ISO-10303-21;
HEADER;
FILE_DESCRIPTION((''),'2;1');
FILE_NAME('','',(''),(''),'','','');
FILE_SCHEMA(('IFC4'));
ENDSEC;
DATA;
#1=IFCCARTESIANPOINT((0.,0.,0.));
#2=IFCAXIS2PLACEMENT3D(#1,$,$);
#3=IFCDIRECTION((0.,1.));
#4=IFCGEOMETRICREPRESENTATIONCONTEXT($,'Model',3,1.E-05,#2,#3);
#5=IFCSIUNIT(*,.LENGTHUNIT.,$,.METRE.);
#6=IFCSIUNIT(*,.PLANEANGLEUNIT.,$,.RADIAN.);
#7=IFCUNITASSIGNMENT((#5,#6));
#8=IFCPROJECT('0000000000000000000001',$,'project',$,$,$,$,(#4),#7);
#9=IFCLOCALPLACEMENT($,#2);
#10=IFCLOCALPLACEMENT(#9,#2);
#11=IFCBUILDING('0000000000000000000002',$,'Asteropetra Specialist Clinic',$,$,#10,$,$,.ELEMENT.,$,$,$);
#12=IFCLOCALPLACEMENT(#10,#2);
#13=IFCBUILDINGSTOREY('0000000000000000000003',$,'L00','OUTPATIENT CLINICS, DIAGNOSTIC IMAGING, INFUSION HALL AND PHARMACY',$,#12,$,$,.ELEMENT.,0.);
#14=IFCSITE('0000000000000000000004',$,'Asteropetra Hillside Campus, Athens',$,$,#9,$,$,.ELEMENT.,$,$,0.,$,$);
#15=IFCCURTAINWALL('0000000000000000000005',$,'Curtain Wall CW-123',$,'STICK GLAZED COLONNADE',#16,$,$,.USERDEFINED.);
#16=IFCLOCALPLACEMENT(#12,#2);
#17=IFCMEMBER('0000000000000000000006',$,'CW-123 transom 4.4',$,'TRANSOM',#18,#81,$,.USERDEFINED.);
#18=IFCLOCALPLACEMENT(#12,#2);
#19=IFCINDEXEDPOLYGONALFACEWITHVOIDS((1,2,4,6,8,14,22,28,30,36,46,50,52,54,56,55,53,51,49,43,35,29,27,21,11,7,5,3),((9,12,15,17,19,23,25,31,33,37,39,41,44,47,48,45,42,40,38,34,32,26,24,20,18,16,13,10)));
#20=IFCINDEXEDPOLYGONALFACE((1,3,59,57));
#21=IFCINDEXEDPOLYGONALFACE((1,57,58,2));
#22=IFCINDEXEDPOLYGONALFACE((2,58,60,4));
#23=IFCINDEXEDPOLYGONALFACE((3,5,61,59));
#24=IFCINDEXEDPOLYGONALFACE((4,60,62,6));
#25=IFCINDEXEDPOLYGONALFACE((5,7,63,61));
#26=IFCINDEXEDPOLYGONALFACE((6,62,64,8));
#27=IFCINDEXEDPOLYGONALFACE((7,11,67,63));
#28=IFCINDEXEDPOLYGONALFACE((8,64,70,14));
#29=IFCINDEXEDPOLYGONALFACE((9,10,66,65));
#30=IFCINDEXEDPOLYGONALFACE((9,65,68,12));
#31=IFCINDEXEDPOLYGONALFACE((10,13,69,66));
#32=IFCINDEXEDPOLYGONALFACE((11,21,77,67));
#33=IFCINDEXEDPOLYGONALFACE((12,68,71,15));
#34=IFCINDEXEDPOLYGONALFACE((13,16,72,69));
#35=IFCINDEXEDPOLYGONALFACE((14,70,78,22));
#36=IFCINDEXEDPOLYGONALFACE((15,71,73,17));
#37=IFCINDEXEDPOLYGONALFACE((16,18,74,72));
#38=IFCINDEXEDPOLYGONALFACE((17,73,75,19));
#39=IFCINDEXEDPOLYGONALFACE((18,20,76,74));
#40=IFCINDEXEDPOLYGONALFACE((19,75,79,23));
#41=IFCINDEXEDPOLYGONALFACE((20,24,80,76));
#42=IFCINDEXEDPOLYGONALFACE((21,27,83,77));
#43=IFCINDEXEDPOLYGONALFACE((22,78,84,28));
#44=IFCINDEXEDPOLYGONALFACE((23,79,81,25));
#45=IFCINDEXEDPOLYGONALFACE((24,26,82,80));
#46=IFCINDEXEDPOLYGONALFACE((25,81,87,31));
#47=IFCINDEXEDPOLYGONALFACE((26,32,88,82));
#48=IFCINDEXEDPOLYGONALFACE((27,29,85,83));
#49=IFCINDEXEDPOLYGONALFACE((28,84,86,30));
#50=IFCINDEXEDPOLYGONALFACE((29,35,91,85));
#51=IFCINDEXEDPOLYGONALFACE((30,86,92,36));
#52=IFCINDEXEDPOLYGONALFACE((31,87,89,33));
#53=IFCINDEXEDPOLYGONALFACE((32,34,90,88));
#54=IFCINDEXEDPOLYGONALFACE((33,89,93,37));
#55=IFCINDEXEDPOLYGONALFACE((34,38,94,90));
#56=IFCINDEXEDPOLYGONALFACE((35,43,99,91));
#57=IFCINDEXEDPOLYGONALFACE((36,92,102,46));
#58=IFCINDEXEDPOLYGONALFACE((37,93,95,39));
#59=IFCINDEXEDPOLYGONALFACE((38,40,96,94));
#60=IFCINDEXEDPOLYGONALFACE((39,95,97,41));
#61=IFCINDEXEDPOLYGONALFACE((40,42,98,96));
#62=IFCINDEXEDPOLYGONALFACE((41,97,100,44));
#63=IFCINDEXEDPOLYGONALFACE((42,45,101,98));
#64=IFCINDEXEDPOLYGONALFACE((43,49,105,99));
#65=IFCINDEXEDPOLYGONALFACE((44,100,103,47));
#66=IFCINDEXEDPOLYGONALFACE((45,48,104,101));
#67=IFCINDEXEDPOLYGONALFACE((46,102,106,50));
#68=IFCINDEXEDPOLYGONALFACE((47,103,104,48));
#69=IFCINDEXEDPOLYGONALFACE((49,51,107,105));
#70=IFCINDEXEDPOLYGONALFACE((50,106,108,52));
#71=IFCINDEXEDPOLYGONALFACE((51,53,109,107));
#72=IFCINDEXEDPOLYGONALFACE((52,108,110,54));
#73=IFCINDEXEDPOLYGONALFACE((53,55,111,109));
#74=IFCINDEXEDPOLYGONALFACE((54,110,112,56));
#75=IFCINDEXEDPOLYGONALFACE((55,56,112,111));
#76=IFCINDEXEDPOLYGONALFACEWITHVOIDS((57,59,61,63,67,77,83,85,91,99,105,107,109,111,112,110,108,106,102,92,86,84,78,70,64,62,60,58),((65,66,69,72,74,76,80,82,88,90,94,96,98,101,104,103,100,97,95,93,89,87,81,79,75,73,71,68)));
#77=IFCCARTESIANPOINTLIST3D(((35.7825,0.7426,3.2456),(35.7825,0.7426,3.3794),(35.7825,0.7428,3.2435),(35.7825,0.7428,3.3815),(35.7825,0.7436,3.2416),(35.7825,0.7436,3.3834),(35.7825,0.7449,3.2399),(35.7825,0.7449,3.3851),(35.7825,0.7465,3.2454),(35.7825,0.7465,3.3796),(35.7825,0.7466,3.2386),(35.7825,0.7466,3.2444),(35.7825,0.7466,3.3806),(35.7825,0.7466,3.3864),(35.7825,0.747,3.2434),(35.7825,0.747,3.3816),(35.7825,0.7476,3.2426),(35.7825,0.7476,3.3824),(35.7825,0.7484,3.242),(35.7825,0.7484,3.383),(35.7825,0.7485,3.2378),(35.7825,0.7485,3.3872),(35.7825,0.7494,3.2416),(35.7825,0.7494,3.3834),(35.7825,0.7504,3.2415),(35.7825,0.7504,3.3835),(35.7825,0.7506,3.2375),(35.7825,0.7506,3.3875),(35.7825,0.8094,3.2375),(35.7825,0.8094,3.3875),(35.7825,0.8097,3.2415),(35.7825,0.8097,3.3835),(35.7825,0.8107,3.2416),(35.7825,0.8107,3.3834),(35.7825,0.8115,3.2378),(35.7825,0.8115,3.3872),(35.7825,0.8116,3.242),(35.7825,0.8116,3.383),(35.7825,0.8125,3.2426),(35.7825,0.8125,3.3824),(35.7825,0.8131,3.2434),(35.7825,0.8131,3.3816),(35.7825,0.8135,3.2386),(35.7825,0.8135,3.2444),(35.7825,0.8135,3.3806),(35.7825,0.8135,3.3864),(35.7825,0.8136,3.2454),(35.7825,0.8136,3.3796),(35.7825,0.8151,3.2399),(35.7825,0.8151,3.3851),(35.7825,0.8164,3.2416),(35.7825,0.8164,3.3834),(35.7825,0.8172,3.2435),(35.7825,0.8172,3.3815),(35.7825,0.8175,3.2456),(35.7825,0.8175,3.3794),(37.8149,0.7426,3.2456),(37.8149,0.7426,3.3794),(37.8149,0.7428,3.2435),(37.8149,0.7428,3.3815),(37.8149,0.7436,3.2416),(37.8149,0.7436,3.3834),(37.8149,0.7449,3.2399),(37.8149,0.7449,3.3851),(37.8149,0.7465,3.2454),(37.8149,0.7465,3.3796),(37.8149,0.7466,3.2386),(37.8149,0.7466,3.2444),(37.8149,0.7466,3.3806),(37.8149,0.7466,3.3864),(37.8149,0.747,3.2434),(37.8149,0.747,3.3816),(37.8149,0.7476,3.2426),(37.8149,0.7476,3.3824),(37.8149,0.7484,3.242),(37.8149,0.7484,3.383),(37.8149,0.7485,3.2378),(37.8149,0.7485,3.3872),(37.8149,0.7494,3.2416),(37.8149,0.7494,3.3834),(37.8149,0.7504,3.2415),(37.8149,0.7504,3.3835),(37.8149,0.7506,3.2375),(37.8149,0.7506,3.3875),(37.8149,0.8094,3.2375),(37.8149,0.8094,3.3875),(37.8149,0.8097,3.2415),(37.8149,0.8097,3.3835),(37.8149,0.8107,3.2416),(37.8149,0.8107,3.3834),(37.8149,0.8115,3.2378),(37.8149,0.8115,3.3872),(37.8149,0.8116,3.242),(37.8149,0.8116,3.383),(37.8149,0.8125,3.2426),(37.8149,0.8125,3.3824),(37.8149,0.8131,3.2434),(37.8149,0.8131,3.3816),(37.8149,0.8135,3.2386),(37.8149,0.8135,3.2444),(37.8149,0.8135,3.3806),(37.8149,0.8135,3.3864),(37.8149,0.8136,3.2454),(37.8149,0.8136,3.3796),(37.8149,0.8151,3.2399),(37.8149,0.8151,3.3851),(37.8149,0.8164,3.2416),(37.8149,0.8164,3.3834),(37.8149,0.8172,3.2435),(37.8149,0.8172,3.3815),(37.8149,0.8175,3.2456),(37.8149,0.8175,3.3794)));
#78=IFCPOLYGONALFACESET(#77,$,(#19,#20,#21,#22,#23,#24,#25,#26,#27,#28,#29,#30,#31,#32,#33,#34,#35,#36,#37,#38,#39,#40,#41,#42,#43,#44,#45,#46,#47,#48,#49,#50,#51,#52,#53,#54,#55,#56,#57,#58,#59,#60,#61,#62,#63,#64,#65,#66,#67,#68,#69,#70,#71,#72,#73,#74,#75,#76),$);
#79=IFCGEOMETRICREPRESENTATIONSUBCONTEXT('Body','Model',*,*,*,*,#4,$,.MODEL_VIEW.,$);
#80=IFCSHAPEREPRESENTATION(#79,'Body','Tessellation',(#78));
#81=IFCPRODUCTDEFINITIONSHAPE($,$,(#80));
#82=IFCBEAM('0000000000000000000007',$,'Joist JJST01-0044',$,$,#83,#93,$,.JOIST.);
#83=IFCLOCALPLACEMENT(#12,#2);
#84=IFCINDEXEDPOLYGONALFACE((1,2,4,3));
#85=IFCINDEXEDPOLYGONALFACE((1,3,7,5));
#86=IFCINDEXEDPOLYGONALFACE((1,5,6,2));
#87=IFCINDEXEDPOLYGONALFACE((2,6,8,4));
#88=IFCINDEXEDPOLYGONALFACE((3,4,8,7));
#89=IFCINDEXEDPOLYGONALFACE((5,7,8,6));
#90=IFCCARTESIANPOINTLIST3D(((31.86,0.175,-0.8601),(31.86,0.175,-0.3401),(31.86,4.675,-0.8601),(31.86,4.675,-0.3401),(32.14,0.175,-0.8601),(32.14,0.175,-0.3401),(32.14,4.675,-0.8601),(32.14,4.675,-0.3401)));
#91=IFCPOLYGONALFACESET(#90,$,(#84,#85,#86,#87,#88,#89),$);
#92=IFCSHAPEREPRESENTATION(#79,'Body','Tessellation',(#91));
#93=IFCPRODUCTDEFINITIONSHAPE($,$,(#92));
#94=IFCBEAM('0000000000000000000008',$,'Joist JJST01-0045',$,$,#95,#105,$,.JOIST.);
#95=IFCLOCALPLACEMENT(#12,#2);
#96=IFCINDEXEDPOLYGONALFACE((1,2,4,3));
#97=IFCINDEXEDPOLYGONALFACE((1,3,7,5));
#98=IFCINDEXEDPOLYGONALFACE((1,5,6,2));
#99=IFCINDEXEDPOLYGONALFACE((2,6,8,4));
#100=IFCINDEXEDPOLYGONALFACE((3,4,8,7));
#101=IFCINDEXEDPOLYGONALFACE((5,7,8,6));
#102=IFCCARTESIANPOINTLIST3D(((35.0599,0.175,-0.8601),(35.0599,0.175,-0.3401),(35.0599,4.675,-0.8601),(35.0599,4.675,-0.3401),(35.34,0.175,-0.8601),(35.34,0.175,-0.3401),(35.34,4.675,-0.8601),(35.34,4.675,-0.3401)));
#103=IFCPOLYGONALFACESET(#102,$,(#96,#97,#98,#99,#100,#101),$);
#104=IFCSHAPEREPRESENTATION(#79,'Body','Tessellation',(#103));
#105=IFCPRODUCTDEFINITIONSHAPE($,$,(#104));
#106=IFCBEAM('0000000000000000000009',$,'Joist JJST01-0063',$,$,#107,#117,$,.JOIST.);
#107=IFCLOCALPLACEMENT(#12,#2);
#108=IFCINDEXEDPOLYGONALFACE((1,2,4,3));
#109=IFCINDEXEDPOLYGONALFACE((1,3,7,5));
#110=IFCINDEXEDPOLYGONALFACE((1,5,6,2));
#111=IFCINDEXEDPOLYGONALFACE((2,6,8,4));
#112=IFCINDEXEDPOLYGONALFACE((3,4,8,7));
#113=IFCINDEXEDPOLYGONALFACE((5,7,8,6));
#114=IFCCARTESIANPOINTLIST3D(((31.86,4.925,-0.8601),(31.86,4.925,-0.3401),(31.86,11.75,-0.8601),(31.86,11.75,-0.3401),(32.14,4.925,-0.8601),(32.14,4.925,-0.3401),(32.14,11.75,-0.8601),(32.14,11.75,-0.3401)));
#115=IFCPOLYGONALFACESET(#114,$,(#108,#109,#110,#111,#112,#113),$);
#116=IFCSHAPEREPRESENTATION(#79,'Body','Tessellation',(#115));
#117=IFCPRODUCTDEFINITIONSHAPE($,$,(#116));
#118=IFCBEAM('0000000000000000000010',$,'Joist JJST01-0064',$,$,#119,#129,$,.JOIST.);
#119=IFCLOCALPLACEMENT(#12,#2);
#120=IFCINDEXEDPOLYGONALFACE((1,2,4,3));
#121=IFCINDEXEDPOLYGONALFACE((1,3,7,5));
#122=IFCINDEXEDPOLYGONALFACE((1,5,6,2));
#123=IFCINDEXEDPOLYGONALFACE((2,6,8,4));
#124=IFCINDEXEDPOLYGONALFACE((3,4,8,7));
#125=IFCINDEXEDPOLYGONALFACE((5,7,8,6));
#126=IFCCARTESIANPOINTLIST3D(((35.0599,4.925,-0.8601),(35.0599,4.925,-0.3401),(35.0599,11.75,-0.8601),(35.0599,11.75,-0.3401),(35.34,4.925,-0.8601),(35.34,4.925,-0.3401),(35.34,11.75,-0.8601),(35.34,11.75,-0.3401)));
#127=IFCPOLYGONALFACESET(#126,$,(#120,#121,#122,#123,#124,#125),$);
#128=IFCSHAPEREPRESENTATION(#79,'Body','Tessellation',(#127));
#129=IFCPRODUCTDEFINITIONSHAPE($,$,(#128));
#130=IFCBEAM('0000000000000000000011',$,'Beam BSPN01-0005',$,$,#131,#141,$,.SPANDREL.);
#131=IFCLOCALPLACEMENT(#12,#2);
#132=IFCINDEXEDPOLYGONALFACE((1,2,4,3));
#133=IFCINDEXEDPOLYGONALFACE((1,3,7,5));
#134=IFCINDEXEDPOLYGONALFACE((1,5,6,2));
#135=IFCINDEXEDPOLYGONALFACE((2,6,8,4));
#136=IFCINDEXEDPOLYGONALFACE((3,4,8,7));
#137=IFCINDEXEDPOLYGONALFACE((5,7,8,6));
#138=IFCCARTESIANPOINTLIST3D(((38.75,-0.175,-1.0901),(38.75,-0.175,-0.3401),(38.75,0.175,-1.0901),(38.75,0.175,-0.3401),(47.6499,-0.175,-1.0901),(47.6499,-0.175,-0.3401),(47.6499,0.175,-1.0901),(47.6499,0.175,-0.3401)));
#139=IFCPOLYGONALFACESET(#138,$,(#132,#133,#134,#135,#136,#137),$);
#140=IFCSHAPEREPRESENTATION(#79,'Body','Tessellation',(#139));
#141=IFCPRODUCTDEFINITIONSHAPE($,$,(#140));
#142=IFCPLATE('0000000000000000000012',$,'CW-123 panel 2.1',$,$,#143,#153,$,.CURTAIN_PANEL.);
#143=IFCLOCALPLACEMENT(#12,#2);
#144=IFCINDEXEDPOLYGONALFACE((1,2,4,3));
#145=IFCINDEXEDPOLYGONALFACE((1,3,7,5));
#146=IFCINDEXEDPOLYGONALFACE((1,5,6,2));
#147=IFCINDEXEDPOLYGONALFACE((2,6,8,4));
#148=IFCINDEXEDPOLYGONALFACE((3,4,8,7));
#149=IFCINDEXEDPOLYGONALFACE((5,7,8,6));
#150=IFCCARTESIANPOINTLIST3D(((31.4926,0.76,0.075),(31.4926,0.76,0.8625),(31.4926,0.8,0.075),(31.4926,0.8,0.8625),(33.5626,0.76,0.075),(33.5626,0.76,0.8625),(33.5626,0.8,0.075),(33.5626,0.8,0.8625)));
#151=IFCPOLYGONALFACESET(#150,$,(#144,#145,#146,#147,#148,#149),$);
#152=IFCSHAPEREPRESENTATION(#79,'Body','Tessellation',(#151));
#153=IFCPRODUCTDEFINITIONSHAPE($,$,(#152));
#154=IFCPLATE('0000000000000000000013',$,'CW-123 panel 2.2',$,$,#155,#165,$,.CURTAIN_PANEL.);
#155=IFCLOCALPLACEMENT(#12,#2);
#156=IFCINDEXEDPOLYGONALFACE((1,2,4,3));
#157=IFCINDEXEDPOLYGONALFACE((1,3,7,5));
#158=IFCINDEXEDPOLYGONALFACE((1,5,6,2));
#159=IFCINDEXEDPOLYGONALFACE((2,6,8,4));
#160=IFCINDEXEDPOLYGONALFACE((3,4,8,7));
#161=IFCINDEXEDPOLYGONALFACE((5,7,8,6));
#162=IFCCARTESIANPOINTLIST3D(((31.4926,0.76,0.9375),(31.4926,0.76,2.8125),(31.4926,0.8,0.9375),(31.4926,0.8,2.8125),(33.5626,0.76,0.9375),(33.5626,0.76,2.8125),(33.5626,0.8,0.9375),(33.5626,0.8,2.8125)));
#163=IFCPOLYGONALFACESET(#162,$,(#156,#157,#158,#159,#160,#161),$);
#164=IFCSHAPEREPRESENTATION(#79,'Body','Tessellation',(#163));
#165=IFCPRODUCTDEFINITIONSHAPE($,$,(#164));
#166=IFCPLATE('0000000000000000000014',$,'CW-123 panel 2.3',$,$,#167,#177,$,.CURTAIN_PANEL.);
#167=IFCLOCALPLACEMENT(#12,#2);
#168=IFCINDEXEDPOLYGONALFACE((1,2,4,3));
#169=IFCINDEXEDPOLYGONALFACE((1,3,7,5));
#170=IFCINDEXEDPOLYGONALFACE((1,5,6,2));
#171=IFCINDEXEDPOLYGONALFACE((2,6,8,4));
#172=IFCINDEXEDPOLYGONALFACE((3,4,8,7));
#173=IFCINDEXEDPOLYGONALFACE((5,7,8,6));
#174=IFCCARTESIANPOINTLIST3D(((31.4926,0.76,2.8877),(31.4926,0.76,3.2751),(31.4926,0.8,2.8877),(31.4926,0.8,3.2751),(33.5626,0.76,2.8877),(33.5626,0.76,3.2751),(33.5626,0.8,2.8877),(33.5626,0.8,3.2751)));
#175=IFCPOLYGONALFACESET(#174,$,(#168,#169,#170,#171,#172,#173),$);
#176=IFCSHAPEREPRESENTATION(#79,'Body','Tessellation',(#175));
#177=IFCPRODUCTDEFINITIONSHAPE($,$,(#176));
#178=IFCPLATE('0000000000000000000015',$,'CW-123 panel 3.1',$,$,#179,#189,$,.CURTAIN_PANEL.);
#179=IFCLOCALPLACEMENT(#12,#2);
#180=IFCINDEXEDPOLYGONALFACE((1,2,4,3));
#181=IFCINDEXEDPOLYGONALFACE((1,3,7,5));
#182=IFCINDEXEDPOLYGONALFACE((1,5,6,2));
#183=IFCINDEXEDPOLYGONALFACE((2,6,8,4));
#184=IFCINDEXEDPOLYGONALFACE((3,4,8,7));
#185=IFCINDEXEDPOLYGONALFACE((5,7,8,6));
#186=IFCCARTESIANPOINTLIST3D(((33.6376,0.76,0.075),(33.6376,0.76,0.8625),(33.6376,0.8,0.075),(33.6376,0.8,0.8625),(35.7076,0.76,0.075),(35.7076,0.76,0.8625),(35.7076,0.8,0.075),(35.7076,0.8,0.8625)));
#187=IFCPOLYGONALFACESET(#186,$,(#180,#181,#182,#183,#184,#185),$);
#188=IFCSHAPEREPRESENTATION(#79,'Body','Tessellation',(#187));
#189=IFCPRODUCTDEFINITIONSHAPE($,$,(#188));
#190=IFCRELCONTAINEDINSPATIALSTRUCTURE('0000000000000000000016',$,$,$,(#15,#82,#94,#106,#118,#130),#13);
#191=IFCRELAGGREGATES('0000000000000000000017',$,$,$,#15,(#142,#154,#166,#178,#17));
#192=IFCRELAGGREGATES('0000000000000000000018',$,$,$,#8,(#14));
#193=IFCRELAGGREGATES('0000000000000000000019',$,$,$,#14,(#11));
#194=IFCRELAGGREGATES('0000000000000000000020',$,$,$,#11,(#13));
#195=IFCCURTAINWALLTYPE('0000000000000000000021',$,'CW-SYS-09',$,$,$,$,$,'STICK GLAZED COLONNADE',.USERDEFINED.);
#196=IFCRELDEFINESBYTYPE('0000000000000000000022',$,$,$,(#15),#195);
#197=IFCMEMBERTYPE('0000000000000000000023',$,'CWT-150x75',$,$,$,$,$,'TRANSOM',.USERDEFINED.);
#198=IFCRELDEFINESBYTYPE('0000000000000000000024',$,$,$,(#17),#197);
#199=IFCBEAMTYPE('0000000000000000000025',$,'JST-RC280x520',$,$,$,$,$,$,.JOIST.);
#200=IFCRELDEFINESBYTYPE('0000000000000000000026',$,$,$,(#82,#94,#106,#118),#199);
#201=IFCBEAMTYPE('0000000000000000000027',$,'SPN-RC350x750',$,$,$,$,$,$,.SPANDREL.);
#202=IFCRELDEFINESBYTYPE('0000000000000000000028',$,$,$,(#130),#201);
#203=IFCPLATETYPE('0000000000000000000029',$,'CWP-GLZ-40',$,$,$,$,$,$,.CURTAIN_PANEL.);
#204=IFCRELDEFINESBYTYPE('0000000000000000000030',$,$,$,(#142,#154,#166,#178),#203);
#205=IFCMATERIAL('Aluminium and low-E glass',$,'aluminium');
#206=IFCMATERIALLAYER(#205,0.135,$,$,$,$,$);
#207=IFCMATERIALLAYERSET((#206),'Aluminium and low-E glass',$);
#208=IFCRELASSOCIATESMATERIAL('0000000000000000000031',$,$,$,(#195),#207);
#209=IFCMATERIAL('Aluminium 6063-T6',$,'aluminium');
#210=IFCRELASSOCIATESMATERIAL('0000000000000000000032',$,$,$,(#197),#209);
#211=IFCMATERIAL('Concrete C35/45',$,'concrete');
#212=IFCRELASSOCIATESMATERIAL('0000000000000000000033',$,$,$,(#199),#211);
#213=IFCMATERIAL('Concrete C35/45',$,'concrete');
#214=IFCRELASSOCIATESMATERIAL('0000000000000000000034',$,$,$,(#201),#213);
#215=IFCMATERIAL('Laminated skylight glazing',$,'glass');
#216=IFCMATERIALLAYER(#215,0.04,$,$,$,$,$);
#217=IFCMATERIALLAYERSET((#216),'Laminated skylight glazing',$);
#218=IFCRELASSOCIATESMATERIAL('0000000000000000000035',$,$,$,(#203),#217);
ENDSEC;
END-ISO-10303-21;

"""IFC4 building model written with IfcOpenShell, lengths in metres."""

from ifc_helpers import new_model, si_unit, direction, frame, origin, origin_2d, place, context, subcontext, project, spatial, rectangle, hollow_rectangle, extrude, material, layer, layer_set, material_profile, profile_set, type_object, element, aggregate, save


model = new_model("IFC4")

# Units and contexts
model_context = context("Model", 3, precision=1e-05, world=origin(), true_north=direction((0.0, 1.0)))
body_context = subcontext(model_context, "Body", "Model", "MODEL_VIEW")
ifc_project = project(units=[si_unit("LENGTHUNIT", "METRE"), si_unit("PLANEANGLEUNIT", "RADIAN")], contexts=[model_context])

# Site, building, storey
site_placement = place(None, origin())
site = spatial("IfcSite", under=ifc_project, at=site_placement, Name="Asteropetra Hillside Campus, Athens", CompositionType="ELEMENT", RefElevation=0.0)
building_placement = place(site_placement, origin())
building = spatial("IfcBuilding", under=site, at=building_placement, Name="Asteropetra Specialist Clinic", CompositionType="ELEMENT")
storey_placement = place(building_placement, origin())
storey = spatial("IfcBuildingStorey", under=building, at=storey_placement, Name="L00", Description="OUTPATIENT CLINICS, DIAGNOSTIC IMAGING, INFUSION HALL AND PHARMACY", CompositionType="ELEMENT", Elevation=0.0)

# Curtain wall
ifc_material_1 = material(Name="Aluminium and low-E glass", Category="aluminium")
ifc_layer_1 = layer(ifc_material_1, 0.135)
ifc_layer_set_1 = layer_set([ifc_layer_1], Name="Aluminium and low-E glass")
curtain_wall_type_1 = type_object("IfcCurtainWallType", Name="CW-SYS-09", ElementType="STICK GLAZED COLONNADE", PredefinedType="USERDEFINED", material=ifc_layer_set_1)
curtain_wall_1_placement = place(storey_placement, origin())
curtain_wall_1 = element("IfcCurtainWall", 1, at=curtain_wall_1_placement, inside=storey, type_object=curtain_wall_type_1, Name="Curtain Wall CW-123", ObjectType="STICK GLAZED COLONNADE", PredefinedType="USERDEFINED")

# Member
ifc_material_2 = material(Name="Aluminium 6063-T6", Category="aluminium")
ifc_material_profile_1 = material_profile(ifc_material_2, hollow_rectangle(XDim=0.075, YDim=0.1499, WallThickness=0.0039, InnerFilletRadius=0.0039, OuterFilletRadius=0.0081, at=origin_2d()), Name="TRN 150x75x4.0")
ifc_profile_set_1 = profile_set([ifc_material_profile_1], Name="Aluminium 6063-T6")
member_type_1 = type_object("IfcMemberType", Name="CWT-150x75", ElementType="TRANSOM", PredefinedType="USERDEFINED", material=ifc_profile_set_1)
member_1_placement = place(storey_placement, frame((35.7825, 0.78, 3.3125), z_axis=(1.0, 0.0, 0.0), x_axis=(0.0, 1.0, 0.0)))
member_1 = element("IfcMember", 2, at=member_1_placement, type_object=member_type_1, Name="CW-123 transom 4.4", ObjectType="TRANSOM", PredefinedType="USERDEFINED", context=body_context, shape_type="SweptSolid", body=[
    extrude(hollow_rectangle(XDim=0.075, YDim=0.1499, WallThickness=0.0039, InnerFilletRadius=0.0039, OuterFilletRadius=0.0081, at=origin_2d()), origin(), (0.0, 0.0, 1.0), 2.0325),
])

# Beams
ifc_material_3 = material(Name="Concrete C35/45", Category="concrete")
ifc_material_profile_2 = material_profile(ifc_material_3, rectangle(XDim=0.28, YDim=0.52, at=origin_2d()), Name="RCJ 280x520")
ifc_profile_set_2 = profile_set([ifc_material_profile_2], Name="Concrete C35/45")
beam_type_1 = type_object("IfcBeamType", Name="JST-RC280x520", PredefinedType="JOIST", material=ifc_profile_set_2)
for number, where, z_axis, x_axis, name in (
    (3, (32.0, 0.175, -0.6001), (0.0, 1.0, 0.0), (-1.0, 0.0, 0.0), "Joist JJST01-0044"),
    (4, (35.2, 0.175, -0.6001), (0.0, 1.0, 0.0), (-1.0, 0.0, 0.0), "Joist JJST01-0045"),
):
    element("IfcBeam", number, at=place(storey_placement, frame(where, z_axis=z_axis, x_axis=x_axis)), inside=storey, type_object=beam_type_1, Name=name, PredefinedType="JOIST", context=body_context, shape_type="SweptSolid", body=[
        extrude(rectangle(XDim=0.28, YDim=0.52, at=origin_2d()), origin(), (0.0, 0.0, 1.0), 4.5),
    ])
for number, where, z_axis, x_axis, name in (
    (5, (32.0, 4.925, -0.6001), (0.0, 1.0, 0.0), (-1.0, 0.0, 0.0), "Joist JJST01-0063"),
    (6, (35.2, 4.925, -0.6001), (0.0, 1.0, 0.0), (-1.0, 0.0, 0.0), "Joist JJST01-0064"),
):
    element("IfcBeam", number, at=place(storey_placement, frame(where, z_axis=z_axis, x_axis=x_axis)), inside=storey, type_object=beam_type_1, Name=name, PredefinedType="JOIST", context=body_context, shape_type="SweptSolid", body=[
        extrude(rectangle(XDim=0.28, YDim=0.52, at=origin_2d()), origin(), (0.0, 0.0, 1.0), 6.825),
    ])
ifc_material_4 = material(Name="Concrete C35/45", Category="concrete")
ifc_material_profile_3 = material_profile(ifc_material_4, rectangle(XDim=0.3501, YDim=0.75, at=origin_2d()), Name="RCS 350x750")
ifc_profile_set_3 = profile_set([ifc_material_profile_3], Name="Concrete C35/45")
beam_type_2 = type_object("IfcBeamType", Name="SPN-RC350x750", PredefinedType="SPANDREL", material=ifc_profile_set_3)
beam_1_placement = place(storey_placement, frame((38.75, 0.0, -0.7151), z_axis=(1.0, 0.0, 0.0), x_axis=(0.0, 1.0, 0.0)))
element("IfcBeam", 7, at=beam_1_placement, inside=storey, type_object=beam_type_2, Name="Beam BSPN01-0005", PredefinedType="SPANDREL", context=body_context, shape_type="SweptSolid", body=[
    extrude(rectangle(XDim=0.3501, YDim=0.75, at=origin_2d()), origin(), (0.0, 0.0, 1.0), 8.8999),
])

# Plates
ifc_material_5 = material(Name="Laminated skylight glazing", Category="glass")
ifc_layer_2 = layer(ifc_material_5, 0.04)
ifc_layer_set_2 = layer_set([ifc_layer_2], Name="Laminated skylight glazing")
plate_type = type_object("IfcPlateType", Name="CWP-GLZ-40", PredefinedType="CURTAIN_PANEL", material=ifc_layer_set_2)
plate_1_placement = place(storey_placement, frame((32.5276, 0.78, 0.075), z_axis=(0.0, 0.0, 1.0), x_axis=(1.0, 0.0, 0.0)))
plate_1 = element("IfcPlate", 8, at=plate_1_placement, type_object=plate_type, Name="CW-123 panel 2.1", PredefinedType="CURTAIN_PANEL", context=body_context, shape_type="SweptSolid", body=[
    extrude(rectangle(XDim=2.0701, YDim=0.04, at=origin_2d()), origin(), (0.0, 0.0, 1.0), 0.7876),
])
plate_2_placement = place(storey_placement, frame((32.5276, 0.78, 0.9375), z_axis=(0.0, 0.0, 1.0), x_axis=(1.0, 0.0, 0.0)))
plate_2 = element("IfcPlate", 9, at=plate_2_placement, type_object=plate_type, Name="CW-123 panel 2.2", PredefinedType="CURTAIN_PANEL", context=body_context, shape_type="SweptSolid", body=[
    extrude(rectangle(XDim=2.0701, YDim=0.04, at=origin_2d()), origin(), (0.0, 0.0, 1.0), 1.875),
])
plate_3_placement = place(storey_placement, frame((32.5276, 0.78, 2.8877), z_axis=(0.0, 0.0, 1.0), x_axis=(1.0, 0.0, 0.0)))
plate_3 = element("IfcPlate", 10, at=plate_3_placement, type_object=plate_type, Name="CW-123 panel 2.3", PredefinedType="CURTAIN_PANEL", context=body_context, shape_type="SweptSolid", body=[
    extrude(rectangle(XDim=2.0701, YDim=0.04, at=origin_2d()), origin(), (0.0, 0.0, 1.0), 0.3875),
])
plate_4_placement = place(storey_placement, frame((34.6726, 0.78, 0.075), z_axis=(0.0, 0.0, 1.0), x_axis=(1.0, 0.0, 0.0)))
plate_4 = element("IfcPlate", 11, at=plate_4_placement, type_object=plate_type, Name="CW-123 panel 3.1", PredefinedType="CURTAIN_PANEL", context=body_context, shape_type="SweptSolid", body=[
    extrude(rectangle(XDim=2.0701, YDim=0.04, at=origin_2d()), origin(), (0.0, 0.0, 1.0), 0.7876),
])
aggregate(curtain_wall_1, [plate_1, plate_2, plate_3, plate_4, member_1])

save(model, "model.ifc")
